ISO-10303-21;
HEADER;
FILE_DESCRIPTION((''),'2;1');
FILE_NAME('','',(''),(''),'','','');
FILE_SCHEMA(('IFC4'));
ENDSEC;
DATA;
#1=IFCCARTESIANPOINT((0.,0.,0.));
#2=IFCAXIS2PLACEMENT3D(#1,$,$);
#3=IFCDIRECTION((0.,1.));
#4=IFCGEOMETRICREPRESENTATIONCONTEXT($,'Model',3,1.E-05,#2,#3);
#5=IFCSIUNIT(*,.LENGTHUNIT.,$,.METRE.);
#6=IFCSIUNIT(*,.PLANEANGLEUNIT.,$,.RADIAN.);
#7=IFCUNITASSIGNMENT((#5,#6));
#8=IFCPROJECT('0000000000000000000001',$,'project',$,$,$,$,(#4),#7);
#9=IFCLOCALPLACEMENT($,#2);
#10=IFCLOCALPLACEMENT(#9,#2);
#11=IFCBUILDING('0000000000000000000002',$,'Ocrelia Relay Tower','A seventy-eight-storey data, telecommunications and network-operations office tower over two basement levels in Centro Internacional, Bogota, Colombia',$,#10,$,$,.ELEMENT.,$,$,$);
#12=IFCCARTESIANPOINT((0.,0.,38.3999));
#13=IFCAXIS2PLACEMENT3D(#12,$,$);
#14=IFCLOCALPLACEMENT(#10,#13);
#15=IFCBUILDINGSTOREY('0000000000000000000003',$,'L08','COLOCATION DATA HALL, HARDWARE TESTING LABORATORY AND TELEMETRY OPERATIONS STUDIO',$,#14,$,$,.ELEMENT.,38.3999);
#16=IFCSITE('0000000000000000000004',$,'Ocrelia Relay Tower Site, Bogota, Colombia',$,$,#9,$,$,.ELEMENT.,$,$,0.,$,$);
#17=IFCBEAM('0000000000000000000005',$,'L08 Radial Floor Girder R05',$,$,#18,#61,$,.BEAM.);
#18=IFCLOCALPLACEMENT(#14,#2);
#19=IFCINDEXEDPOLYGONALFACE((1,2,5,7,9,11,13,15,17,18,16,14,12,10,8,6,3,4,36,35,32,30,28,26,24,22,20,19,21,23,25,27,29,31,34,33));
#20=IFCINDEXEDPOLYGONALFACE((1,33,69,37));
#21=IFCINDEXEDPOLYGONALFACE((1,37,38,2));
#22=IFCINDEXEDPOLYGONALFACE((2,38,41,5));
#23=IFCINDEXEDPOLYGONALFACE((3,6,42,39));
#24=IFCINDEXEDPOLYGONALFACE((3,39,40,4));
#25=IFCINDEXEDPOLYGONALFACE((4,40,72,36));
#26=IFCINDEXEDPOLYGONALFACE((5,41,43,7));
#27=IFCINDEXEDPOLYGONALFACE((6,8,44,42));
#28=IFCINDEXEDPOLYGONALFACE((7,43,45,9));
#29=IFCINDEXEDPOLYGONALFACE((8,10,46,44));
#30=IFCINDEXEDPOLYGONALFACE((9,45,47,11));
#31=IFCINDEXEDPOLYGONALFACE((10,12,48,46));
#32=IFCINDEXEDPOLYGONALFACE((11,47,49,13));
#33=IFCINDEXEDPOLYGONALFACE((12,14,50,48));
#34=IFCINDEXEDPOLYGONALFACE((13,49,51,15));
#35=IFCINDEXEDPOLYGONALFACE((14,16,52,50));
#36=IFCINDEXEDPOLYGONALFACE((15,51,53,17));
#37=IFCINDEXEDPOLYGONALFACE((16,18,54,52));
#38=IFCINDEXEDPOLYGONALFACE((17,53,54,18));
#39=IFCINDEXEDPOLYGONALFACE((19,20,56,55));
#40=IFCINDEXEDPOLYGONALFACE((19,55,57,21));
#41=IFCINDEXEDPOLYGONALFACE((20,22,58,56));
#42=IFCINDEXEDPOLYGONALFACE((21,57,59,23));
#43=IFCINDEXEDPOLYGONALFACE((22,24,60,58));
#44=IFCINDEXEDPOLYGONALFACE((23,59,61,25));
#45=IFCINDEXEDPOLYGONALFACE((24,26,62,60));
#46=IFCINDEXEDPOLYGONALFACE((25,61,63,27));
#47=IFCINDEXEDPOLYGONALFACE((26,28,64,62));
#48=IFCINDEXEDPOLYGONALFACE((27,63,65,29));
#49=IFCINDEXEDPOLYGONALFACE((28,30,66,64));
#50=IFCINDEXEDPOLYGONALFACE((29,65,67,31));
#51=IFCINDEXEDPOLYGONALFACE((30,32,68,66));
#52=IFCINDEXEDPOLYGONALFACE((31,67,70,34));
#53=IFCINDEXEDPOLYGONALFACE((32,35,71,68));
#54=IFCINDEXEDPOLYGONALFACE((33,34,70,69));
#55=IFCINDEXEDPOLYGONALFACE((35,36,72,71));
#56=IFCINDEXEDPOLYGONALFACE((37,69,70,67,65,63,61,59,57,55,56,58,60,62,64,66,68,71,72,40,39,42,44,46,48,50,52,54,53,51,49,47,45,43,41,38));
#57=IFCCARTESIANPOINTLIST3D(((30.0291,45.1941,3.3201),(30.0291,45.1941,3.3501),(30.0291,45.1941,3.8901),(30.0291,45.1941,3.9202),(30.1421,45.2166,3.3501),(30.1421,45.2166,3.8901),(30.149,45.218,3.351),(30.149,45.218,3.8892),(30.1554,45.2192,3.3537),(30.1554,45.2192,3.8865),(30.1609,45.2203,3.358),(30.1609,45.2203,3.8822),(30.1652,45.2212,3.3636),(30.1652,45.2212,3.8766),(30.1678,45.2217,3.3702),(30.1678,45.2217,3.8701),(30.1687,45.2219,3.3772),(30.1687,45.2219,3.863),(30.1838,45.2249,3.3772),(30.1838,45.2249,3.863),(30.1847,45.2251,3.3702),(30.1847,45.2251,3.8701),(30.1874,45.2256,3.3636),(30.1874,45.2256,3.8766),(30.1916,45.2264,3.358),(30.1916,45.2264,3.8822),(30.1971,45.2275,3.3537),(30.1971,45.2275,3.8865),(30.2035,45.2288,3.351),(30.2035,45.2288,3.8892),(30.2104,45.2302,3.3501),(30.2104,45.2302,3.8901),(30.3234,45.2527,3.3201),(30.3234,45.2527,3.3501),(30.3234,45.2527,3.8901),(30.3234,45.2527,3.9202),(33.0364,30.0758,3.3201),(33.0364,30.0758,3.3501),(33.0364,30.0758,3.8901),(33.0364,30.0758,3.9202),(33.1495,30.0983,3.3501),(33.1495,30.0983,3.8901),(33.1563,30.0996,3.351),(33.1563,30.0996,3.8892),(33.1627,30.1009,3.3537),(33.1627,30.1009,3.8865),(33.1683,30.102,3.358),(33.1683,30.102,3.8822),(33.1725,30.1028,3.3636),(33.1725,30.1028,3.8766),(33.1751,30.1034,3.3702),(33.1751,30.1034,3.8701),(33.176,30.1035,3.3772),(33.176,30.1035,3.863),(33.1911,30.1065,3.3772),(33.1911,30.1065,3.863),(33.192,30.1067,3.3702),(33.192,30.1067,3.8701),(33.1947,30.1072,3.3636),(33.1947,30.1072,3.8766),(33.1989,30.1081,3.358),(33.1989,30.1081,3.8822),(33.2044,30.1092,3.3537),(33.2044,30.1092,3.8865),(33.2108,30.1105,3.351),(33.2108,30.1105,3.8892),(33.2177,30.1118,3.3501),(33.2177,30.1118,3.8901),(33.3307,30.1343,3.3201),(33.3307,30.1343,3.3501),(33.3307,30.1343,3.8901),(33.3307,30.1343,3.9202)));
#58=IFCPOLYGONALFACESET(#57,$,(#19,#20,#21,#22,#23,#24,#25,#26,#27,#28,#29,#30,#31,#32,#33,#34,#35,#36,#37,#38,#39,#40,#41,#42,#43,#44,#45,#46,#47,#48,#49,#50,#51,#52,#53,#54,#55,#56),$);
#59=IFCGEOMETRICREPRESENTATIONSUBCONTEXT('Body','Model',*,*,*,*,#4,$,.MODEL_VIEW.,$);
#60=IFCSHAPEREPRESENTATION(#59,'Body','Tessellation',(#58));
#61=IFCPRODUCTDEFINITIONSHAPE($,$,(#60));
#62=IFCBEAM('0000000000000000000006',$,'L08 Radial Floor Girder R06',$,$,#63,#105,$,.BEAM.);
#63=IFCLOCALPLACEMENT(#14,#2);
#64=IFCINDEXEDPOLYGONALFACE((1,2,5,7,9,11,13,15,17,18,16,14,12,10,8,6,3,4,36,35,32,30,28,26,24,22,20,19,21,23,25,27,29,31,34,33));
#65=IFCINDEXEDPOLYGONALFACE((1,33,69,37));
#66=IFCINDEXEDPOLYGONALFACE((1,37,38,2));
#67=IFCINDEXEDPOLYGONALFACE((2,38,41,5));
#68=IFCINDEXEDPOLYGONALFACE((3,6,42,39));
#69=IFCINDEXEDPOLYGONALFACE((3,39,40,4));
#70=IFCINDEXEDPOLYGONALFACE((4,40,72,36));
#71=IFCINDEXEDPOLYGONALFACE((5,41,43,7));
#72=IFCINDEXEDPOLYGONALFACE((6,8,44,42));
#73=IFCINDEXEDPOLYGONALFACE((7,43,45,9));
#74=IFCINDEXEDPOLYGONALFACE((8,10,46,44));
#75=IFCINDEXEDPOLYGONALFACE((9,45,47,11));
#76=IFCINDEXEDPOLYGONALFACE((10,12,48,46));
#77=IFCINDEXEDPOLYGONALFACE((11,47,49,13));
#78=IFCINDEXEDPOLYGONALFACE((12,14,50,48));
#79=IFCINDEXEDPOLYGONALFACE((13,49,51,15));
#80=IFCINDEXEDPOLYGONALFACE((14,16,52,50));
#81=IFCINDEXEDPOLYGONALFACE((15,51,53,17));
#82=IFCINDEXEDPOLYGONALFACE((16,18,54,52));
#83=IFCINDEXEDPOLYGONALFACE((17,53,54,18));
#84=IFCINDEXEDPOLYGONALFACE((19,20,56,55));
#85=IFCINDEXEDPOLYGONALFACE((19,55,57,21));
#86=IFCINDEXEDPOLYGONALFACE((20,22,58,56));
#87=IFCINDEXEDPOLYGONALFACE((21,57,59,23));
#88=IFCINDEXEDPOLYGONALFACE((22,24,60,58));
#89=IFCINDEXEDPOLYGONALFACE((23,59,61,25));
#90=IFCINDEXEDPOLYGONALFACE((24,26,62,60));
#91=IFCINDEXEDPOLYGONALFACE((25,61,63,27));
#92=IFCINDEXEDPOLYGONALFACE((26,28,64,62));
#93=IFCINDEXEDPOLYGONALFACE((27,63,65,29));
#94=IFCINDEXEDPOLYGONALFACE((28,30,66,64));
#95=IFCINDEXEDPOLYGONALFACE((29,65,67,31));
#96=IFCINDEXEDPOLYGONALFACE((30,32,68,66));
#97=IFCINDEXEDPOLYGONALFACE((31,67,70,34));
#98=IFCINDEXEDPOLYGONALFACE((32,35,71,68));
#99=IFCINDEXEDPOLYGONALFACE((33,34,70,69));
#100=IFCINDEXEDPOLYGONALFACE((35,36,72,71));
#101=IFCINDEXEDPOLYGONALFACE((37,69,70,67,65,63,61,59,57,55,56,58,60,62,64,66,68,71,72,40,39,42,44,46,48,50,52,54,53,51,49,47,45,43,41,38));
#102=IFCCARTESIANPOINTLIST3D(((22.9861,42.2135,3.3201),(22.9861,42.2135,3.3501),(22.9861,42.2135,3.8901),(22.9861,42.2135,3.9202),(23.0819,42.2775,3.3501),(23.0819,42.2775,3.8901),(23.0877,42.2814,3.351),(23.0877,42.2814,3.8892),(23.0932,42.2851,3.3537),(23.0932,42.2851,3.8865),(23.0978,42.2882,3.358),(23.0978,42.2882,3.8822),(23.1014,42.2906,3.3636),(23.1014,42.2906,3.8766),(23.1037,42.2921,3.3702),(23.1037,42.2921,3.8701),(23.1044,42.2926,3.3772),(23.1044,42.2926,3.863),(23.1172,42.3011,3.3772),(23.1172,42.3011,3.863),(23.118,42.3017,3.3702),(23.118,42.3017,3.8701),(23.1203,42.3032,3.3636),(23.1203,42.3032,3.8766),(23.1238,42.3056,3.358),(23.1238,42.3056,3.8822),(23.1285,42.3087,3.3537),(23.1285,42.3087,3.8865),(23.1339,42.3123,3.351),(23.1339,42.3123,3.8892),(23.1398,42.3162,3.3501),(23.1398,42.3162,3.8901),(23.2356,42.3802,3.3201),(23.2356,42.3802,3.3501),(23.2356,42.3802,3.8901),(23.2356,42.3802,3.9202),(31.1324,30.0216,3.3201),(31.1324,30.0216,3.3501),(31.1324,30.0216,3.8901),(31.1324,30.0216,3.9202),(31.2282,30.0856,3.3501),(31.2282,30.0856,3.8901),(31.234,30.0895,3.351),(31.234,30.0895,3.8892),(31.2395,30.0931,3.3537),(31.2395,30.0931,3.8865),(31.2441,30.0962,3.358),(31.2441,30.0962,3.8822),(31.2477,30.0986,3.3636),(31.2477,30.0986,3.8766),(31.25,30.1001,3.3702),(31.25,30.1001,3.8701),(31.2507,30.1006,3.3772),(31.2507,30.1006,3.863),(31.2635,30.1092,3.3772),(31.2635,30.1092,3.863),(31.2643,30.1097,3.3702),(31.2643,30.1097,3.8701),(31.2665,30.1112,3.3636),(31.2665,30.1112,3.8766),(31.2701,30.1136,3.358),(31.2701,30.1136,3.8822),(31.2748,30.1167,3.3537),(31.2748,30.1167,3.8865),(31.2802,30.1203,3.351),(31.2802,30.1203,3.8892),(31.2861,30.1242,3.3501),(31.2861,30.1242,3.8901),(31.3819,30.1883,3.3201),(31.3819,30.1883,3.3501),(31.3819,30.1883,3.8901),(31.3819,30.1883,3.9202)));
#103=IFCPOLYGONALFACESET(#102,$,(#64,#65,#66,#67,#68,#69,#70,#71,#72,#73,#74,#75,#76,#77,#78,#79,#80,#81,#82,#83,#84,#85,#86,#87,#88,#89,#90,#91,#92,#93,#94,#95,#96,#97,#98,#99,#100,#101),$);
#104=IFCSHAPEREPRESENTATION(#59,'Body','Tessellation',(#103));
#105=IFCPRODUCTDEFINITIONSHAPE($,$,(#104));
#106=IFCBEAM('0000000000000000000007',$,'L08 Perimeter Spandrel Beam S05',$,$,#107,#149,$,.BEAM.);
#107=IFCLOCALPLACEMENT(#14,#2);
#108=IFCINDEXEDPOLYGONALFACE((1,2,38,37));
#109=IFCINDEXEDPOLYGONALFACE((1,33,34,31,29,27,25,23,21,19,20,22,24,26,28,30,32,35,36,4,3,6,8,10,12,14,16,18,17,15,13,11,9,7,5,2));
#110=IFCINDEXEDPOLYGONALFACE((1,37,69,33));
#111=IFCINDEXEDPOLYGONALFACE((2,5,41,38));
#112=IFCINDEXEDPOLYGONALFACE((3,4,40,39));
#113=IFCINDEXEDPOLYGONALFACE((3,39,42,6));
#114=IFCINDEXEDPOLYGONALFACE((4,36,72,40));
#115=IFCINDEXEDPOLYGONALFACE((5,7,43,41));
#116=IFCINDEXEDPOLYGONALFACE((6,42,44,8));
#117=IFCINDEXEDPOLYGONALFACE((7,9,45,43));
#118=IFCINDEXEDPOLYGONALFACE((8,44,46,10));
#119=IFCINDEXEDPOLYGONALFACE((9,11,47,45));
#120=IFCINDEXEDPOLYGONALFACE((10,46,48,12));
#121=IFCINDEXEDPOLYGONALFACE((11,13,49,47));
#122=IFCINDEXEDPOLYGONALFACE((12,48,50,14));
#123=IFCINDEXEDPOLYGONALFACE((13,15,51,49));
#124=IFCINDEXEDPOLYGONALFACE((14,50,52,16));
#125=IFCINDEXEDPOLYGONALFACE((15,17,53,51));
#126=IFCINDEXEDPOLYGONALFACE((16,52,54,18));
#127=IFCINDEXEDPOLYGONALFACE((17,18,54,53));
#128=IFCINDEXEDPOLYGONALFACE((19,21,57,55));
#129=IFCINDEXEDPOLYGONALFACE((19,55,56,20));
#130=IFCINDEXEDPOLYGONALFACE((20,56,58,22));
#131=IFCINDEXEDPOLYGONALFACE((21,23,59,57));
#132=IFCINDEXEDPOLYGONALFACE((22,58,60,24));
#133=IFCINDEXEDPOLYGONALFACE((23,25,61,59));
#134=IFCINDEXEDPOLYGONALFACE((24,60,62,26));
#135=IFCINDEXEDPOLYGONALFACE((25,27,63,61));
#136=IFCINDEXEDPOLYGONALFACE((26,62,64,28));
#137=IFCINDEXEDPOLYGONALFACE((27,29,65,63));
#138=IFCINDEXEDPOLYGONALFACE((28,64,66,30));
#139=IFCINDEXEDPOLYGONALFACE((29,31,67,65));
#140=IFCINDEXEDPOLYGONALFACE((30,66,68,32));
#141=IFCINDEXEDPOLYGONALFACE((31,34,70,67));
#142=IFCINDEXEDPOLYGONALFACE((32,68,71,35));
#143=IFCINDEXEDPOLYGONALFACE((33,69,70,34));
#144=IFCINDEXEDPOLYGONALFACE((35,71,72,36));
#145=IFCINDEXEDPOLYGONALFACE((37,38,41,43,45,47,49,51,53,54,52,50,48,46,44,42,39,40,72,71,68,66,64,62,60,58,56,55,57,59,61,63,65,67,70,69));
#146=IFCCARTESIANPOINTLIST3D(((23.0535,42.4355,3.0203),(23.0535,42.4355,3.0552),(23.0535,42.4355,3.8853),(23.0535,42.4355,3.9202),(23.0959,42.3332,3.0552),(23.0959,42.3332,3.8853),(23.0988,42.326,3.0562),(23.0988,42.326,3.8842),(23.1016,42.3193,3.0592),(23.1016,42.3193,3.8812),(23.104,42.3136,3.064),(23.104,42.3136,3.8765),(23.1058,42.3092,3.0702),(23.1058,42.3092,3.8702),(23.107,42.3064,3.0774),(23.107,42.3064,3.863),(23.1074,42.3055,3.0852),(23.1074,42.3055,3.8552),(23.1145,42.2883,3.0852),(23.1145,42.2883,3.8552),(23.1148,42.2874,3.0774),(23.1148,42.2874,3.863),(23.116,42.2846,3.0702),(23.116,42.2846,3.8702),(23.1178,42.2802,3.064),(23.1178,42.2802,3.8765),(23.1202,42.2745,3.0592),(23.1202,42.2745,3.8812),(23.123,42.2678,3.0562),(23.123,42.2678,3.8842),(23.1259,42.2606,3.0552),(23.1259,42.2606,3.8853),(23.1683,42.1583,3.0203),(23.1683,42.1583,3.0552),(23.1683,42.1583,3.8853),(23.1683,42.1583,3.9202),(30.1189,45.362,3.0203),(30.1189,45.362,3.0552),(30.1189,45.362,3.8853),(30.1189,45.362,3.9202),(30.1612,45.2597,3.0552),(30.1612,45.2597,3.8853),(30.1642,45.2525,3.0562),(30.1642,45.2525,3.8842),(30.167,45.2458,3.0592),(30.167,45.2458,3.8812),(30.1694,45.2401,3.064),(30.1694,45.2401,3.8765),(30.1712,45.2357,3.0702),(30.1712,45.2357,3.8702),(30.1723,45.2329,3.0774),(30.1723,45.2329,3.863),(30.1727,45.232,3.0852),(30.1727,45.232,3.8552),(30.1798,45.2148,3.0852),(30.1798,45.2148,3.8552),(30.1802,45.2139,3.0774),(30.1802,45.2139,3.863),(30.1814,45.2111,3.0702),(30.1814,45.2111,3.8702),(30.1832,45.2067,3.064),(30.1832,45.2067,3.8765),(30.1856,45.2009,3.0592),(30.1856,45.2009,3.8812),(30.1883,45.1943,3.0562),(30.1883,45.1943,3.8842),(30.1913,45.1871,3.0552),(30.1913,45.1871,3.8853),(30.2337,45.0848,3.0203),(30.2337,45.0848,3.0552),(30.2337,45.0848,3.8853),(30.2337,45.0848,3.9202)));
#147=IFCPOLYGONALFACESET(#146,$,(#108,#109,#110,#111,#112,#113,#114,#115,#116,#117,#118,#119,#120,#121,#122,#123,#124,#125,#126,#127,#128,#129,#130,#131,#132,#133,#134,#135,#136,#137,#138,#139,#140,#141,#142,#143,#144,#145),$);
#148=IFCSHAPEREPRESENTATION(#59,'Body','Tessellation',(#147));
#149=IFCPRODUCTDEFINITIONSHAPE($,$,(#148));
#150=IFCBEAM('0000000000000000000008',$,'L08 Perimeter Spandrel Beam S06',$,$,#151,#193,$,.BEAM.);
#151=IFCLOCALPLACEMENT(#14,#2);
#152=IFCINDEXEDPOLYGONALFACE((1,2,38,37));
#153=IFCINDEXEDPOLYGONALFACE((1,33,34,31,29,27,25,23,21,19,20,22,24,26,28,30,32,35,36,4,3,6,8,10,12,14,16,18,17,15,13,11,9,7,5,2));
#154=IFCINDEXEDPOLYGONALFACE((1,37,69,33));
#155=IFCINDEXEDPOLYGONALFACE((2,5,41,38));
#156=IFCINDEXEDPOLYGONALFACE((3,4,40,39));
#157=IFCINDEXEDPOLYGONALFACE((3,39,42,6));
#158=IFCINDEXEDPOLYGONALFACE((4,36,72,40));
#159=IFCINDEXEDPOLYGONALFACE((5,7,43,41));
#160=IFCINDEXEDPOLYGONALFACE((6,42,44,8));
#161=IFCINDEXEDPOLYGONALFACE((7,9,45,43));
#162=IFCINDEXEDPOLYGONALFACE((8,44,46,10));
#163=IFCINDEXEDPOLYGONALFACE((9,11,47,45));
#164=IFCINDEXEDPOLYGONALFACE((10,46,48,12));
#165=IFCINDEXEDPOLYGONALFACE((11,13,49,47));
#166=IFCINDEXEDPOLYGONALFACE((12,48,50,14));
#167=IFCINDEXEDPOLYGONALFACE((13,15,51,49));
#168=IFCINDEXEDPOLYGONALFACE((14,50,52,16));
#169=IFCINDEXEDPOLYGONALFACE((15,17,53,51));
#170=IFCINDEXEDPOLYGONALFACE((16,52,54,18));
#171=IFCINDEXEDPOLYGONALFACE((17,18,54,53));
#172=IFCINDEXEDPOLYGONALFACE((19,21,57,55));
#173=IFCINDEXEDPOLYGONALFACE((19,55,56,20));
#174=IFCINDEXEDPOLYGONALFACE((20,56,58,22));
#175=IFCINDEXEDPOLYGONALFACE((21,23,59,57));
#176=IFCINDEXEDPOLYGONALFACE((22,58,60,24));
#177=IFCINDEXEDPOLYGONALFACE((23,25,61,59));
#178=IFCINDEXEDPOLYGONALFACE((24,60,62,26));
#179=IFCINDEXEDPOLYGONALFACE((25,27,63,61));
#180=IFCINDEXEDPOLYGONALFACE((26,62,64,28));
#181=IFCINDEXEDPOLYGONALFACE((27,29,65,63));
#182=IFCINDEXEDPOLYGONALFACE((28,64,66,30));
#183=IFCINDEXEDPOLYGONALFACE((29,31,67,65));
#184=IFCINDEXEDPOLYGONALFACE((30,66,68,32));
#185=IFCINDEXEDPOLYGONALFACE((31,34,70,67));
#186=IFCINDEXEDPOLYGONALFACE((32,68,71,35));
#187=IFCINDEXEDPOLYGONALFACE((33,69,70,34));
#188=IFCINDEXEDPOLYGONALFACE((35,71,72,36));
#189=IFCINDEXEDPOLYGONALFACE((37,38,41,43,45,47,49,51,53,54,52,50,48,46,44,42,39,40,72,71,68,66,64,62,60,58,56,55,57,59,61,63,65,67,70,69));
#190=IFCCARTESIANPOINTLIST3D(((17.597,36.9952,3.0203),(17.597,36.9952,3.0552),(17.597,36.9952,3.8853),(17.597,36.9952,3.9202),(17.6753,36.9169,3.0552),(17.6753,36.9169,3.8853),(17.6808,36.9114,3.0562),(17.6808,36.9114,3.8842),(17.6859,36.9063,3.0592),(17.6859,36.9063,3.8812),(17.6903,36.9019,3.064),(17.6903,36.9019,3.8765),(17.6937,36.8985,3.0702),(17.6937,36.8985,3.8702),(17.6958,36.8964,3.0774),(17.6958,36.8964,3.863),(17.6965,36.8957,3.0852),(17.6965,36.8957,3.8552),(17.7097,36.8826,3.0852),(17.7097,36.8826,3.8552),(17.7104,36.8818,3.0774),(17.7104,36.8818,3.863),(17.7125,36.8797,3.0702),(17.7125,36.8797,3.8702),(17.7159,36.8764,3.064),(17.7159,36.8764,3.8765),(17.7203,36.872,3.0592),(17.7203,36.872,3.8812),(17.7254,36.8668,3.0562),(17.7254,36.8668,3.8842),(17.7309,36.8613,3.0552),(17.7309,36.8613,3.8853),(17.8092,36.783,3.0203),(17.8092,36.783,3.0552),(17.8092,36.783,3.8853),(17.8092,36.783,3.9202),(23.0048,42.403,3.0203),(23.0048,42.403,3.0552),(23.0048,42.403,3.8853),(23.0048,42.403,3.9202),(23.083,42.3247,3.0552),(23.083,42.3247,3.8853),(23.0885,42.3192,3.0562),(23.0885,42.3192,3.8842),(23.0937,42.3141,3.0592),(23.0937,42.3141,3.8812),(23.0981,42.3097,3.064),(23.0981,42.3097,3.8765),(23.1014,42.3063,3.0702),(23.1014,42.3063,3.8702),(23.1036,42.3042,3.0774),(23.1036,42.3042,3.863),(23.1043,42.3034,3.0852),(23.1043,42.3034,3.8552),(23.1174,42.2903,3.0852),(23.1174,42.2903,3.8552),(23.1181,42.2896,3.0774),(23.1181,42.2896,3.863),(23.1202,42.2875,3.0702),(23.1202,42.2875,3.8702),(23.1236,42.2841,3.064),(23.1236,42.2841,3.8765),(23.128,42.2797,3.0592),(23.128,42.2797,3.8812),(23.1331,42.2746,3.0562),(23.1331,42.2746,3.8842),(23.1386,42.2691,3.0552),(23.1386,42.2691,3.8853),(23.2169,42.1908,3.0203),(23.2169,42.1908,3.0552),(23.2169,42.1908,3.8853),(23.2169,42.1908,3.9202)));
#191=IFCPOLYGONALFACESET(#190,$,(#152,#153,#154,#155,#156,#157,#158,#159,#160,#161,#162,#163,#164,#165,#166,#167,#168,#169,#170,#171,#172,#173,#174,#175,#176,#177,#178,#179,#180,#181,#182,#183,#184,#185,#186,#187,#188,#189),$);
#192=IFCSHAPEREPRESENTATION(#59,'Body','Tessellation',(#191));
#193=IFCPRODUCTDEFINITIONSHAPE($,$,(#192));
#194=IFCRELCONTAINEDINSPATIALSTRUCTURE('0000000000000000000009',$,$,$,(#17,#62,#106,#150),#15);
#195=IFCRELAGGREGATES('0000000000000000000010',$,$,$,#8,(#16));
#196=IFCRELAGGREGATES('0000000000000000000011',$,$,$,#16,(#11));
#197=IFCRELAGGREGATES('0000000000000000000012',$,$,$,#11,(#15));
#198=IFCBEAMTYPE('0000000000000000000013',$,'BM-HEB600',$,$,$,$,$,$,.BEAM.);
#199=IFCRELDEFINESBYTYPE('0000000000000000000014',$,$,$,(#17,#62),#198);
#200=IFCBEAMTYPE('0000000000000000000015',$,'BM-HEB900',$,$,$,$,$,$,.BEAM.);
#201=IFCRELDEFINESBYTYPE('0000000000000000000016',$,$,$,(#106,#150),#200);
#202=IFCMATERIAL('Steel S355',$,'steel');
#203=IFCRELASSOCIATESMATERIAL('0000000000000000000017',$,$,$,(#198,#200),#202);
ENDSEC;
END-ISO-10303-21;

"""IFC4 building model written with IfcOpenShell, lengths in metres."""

from ifc_helpers import new_model, si_unit, direction, frame, origin, origin_2d, place, context, subcontext, project, spatial, i_section, extrude, material, material_profile, profile_set, type_object, element, save


model = new_model("IFC4")

# Units and contexts
model_context = context("Model", 3, precision=1e-05, world=origin(), true_north=direction((0.0, 1.0)))
body_context = subcontext(model_context, "Body", "Model", "MODEL_VIEW")
ifc_project = project(units=[si_unit("LENGTHUNIT", "METRE"), si_unit("PLANEANGLEUNIT", "RADIAN")], contexts=[model_context])

# Site, building, storey
site_placement = place(None, origin())
site = spatial("IfcSite", under=ifc_project, at=site_placement, Name="Ocrelia Relay Tower Site, Bogota, Colombia", CompositionType="ELEMENT", RefElevation=0.0)
building_placement = place(site_placement, origin())
building = spatial("IfcBuilding", under=site, at=building_placement, Name="Ocrelia Relay Tower", Description="A seventy-eight-storey data, telecommunications and network-operations office tower over two basement levels in Centro Internacional, Bogota, Colombia", CompositionType="ELEMENT")
storey_placement = place(building_placement, frame((0.0, 0.0, 38.3999)))
storey = spatial("IfcBuildingStorey", under=building, at=storey_placement, Name="L08", Description="COLOCATION DATA HALL, HARDWARE TESTING LABORATORY AND TELEMETRY OPERATIONS STUDIO", CompositionType="ELEMENT", Elevation=38.3999)

# Beams
ifc_material_1 = material(Name="Steel S355", Category="steel")
ifc_material_profile_1 = material_profile(ifc_material_1, i_section(OverallWidth=0.3, OverallDepth=0.6001, WebThickness=0.0154, FlangeThickness=0.03, FilletRadius=0.0271, at=origin_2d()), Name="HEB 600")
ifc_profile_set_1 = profile_set([ifc_material_profile_1], Name="Steel S355")
beam_type_1 = type_object("IfcBeamType", Name="BM-HEB600", PredefinedType="BEAM", material=ifc_profile_set_1)
beam_1_placement = place(storey_placement, frame((30.1763, 45.2234, 3.6201), z_axis=(0.195096, -0.980784, 0.0), x_axis=(0.980784, 0.195096, 0.0)))
element("IfcBeam", 1, at=beam_1_placement, inside=storey, type_object=beam_type_1, Name="L08 Radial Floor Girder R05", PredefinedType="BEAM", context=body_context, shape_type="SweptSolid", body=[
    extrude(i_section(OverallWidth=0.3, OverallDepth=0.6001, WebThickness=0.0154, FlangeThickness=0.03, FilletRadius=0.0271, at=origin_2d()), origin(), (0.0, 0.0, 1.0), 15.4146),
])
beam_2_placement = place(storey_placement, frame((23.1108, 42.2969, 3.6201), z_axis=(0.555564, -0.831473, 0.0), x_axis=(0.831473, 0.555564, 0.0)))
element("IfcBeam", 2, at=beam_2_placement, inside=storey, type_object=beam_type_1, Name="L08 Radial Floor Girder R06", PredefinedType="BEAM", context=body_context, shape_type="SweptSolid", body=[
    extrude(i_section(OverallWidth=0.3, OverallDepth=0.6001, WebThickness=0.0154, FlangeThickness=0.03, FilletRadius=0.0271, at=origin_2d()), origin(), (0.0, 0.0, 1.0), 14.6631),
])
ifc_material_profile_2 = material_profile(ifc_material_1, i_section(OverallWidth=0.3, OverallDepth=0.8999, WebThickness=0.0186, FlangeThickness=0.0349, FilletRadius=0.03, at=origin_2d()), Name="HEB 900")
ifc_profile_set_2 = profile_set([ifc_material_profile_2], Name="Steel S355")
beam_type_2 = type_object("IfcBeamType", Name="BM-HEB900", PredefinedType="BEAM", material=ifc_profile_set_2)
beam_3_placement = place(storey_placement, frame((30.1763, 45.2234, 3.4702), z_axis=(-0.923883, -0.382674, 0.0), x_axis=(0.382674, -0.923883, 0.0)))
element("IfcBeam", 3, at=beam_3_placement, inside=storey, type_object=beam_type_2, Name="L08 Perimeter Spandrel Beam S05", PredefinedType="BEAM", context=body_context, shape_type="SweptSolid", body=[
    extrude(i_section(OverallWidth=0.3, OverallDepth=0.8999, WebThickness=0.0186, FlangeThickness=0.0349, FilletRadius=0.03, at=origin_2d()), origin(), (0.0, 0.0, 1.0), 7.6475),
])
beam_4_placement = place(storey_placement, frame((23.1108, 42.2969, 3.4702), z_axis=(-0.707107, -0.707107, 0.0), x_axis=(0.707107, -0.707107, 0.0)))
element("IfcBeam", 4, at=beam_4_placement, inside=storey, type_object=beam_type_2, Name="L08 Perimeter Spandrel Beam S06", PredefinedType="BEAM", context=body_context, shape_type="SweptSolid", body=[
    extrude(i_section(OverallWidth=0.3, OverallDepth=0.8999, WebThickness=0.0186, FlangeThickness=0.0349, FilletRadius=0.03, at=origin_2d()), origin(), (0.0, 0.0, 1.0), 7.6477),
])

save(model, "model.ifc")
